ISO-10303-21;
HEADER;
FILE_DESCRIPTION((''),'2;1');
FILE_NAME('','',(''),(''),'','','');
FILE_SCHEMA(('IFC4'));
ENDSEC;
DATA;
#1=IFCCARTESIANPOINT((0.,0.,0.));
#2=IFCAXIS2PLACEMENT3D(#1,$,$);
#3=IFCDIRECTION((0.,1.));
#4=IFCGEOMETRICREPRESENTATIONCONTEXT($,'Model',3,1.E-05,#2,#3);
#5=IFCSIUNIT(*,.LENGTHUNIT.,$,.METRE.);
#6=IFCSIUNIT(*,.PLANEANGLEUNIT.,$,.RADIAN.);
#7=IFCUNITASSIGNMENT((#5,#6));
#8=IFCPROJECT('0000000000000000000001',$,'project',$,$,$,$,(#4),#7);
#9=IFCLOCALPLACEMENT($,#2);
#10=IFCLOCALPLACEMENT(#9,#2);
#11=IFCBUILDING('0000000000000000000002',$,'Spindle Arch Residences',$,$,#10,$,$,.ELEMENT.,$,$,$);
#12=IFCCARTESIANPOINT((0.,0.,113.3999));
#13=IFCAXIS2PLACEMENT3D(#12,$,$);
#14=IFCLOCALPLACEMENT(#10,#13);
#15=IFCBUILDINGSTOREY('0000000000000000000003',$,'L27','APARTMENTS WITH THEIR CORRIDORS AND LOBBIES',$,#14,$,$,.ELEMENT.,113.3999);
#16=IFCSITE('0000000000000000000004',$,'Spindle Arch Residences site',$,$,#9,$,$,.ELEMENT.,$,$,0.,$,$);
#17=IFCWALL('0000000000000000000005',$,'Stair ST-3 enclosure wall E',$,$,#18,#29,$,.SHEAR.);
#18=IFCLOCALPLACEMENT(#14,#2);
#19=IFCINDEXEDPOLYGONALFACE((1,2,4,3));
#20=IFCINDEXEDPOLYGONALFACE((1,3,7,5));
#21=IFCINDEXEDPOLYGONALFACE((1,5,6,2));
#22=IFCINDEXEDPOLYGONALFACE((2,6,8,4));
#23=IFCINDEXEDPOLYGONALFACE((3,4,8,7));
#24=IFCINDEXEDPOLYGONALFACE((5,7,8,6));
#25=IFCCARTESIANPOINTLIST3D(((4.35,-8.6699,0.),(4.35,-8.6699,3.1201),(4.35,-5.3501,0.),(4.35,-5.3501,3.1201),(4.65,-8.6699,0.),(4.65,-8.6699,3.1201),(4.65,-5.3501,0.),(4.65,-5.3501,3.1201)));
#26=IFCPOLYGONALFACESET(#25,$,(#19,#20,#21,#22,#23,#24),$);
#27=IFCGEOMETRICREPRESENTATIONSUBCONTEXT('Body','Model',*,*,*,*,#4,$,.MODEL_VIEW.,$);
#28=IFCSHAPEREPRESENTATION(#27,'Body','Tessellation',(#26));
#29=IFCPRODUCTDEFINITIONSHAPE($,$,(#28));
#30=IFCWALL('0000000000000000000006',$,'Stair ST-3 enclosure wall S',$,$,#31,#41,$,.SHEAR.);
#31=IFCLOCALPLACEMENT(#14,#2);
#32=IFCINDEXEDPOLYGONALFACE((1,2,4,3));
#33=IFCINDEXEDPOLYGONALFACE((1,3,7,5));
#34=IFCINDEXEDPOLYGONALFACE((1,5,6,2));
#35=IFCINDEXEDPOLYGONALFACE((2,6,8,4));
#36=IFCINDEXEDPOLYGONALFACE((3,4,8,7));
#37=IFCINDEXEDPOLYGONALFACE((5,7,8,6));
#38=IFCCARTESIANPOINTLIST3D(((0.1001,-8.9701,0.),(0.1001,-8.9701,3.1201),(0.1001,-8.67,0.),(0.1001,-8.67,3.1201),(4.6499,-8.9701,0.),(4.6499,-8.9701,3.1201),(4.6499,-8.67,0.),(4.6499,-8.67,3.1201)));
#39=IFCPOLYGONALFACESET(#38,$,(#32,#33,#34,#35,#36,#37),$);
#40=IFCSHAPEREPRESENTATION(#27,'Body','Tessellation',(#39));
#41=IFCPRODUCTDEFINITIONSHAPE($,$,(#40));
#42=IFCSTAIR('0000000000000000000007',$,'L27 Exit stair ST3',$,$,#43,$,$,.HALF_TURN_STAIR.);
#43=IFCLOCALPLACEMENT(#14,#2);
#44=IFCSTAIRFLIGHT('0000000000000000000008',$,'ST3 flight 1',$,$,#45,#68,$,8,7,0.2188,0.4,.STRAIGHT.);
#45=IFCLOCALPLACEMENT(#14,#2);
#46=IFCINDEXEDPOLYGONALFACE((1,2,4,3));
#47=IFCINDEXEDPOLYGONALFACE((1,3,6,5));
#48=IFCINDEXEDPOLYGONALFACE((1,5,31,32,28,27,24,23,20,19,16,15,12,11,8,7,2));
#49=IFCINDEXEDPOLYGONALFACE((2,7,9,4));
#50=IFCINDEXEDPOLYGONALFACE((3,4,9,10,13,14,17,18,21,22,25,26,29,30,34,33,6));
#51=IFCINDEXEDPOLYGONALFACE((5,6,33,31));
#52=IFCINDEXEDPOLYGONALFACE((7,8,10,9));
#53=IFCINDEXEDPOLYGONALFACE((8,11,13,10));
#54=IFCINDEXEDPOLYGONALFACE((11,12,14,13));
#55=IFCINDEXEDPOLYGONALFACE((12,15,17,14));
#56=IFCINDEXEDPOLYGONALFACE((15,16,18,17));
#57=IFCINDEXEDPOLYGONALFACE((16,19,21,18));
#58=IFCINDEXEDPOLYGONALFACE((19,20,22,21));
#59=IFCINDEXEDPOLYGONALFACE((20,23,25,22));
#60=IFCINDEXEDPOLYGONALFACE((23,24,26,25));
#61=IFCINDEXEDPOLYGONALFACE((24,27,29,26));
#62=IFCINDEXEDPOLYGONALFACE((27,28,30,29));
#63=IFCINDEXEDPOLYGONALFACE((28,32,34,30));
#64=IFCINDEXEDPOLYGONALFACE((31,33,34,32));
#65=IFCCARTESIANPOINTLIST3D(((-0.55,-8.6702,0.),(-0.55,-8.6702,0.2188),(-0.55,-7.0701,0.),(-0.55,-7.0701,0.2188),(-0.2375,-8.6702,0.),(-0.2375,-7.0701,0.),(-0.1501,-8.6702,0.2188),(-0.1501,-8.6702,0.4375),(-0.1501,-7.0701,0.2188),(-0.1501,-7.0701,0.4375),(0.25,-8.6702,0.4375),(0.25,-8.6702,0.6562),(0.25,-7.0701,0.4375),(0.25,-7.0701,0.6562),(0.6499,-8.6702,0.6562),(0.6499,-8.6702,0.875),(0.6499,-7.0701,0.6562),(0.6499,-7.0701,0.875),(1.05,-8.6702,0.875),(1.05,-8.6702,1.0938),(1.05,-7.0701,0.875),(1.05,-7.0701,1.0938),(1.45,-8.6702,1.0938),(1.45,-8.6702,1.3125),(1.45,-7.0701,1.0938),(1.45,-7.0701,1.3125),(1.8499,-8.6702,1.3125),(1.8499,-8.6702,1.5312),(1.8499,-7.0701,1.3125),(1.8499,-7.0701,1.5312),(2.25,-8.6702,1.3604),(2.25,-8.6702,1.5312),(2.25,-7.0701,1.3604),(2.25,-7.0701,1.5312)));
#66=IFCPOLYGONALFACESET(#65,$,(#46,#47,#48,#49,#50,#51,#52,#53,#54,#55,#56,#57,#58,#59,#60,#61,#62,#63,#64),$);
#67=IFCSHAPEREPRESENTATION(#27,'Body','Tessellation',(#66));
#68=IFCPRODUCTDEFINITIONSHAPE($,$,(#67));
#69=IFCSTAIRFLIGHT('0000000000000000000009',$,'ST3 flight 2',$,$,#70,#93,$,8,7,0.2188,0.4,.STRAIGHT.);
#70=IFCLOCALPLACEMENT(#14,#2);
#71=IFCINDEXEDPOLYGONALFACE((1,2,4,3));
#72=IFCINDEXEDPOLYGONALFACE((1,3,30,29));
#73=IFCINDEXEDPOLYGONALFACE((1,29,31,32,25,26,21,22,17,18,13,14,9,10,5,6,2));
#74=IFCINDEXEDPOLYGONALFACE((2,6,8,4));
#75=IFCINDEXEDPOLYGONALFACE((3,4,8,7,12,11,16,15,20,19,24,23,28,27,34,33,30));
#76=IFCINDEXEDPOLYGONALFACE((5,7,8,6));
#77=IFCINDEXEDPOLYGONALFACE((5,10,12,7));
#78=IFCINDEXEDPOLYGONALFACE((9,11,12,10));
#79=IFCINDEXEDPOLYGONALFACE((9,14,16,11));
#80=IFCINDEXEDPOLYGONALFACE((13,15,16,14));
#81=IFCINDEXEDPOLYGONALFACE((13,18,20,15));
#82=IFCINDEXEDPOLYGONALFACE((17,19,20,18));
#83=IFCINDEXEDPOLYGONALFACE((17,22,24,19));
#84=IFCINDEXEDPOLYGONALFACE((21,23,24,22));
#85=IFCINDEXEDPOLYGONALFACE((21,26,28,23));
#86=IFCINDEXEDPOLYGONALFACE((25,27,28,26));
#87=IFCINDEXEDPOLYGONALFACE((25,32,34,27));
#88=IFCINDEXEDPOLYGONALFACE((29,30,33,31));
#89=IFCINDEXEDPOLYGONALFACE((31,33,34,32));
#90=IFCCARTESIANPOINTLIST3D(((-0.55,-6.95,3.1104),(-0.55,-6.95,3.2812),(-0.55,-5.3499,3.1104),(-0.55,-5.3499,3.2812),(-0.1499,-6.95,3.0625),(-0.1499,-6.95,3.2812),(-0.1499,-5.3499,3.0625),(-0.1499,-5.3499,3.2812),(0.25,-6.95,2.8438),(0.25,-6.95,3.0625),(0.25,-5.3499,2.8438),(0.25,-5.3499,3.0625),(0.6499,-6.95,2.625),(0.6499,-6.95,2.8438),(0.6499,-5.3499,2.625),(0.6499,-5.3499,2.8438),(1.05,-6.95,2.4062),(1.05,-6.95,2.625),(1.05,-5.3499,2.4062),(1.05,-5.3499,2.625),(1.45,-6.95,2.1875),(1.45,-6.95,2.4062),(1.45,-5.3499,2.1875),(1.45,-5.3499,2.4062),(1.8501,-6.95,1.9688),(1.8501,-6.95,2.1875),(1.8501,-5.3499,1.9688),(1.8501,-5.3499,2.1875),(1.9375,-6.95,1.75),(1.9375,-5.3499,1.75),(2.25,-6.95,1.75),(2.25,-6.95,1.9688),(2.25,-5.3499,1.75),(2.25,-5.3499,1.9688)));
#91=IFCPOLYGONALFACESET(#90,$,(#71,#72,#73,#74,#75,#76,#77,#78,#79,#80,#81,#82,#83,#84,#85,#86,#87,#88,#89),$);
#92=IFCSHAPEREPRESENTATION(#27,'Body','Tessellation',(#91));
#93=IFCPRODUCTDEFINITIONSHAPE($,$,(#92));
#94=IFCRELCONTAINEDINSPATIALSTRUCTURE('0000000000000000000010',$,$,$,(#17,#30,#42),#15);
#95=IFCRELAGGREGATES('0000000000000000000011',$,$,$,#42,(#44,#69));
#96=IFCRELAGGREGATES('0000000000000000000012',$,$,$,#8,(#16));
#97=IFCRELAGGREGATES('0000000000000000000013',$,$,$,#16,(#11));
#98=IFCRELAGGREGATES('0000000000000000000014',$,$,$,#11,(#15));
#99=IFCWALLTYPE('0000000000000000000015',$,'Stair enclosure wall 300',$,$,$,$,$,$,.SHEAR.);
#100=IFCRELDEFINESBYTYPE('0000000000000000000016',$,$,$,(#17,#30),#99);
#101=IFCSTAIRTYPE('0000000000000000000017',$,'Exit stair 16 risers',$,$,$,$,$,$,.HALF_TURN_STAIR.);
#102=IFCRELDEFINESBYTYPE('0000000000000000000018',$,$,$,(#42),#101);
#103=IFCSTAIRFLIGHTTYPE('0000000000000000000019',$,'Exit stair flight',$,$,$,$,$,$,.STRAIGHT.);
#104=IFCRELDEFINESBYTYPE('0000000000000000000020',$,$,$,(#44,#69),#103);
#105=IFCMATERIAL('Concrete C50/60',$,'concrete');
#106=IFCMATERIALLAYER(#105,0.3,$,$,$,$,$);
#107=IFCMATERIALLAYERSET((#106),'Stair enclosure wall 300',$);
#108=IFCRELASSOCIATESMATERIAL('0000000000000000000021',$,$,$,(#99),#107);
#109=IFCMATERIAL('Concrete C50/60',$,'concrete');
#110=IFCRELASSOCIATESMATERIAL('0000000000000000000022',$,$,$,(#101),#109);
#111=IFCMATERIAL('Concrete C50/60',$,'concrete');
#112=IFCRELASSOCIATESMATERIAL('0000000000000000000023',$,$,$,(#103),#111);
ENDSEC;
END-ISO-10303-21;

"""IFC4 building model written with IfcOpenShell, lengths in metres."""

from ifc_helpers import new_model, si_unit, direction, frame, frame_2d, origin, place, context, subcontext, project, spatial, polyline, rectangle, outline, extrude, material, layer, layer_set, type_object, element, aggregate, save


model = new_model("IFC4")

# Units and contexts
model_context = context("Model", 3, precision=1e-05, world=origin(), true_north=direction((0.0, 1.0)))
body_context = subcontext(model_context, "Body", "Model", "MODEL_VIEW")
ifc_project = project(units=[si_unit("LENGTHUNIT", "METRE"), si_unit("PLANEANGLEUNIT", "RADIAN")], contexts=[model_context])

# Site, building, storey
site_placement = place(None, origin())
site = spatial("IfcSite", under=ifc_project, at=site_placement, Name="Spindle Arch Residences site", CompositionType="ELEMENT", RefElevation=0.0)
building_placement = place(site_placement, origin())
building = spatial("IfcBuilding", under=site, at=building_placement, Name="Spindle Arch Residences", CompositionType="ELEMENT")
storey_placement = place(building_placement, frame((0.0, 0.0, 113.3999)))
storey = spatial("IfcBuildingStorey", under=building, at=storey_placement, Name="L27", Description="APARTMENTS WITH THEIR CORRIDORS AND LOBBIES", CompositionType="ELEMENT", Elevation=113.3999)

# Walls
ifc_material_1 = material(Name="Concrete C50/60", Category="concrete")
ifc_layer_1 = layer(ifc_material_1, 0.3)
ifc_layer_set_1 = layer_set([ifc_layer_1], Name="Stair enclosure wall 300")
wall_type_1 = type_object("IfcWallType", Name="Stair enclosure wall 300", PredefinedType="SHEAR", material=ifc_layer_set_1)
wall_1_placement = place(storey_placement, frame((4.5, -8.6699, 0.0), z_axis=(0.0, 0.0, 1.0), x_axis=(0.0, 1.0, 0.0)))
element("IfcWall", 1, at=wall_1_placement, inside=storey, type_object=wall_type_1, Name="Stair ST-3 enclosure wall E", PredefinedType="SHEAR", context=body_context, shape_type="SweptSolid", body=[
    extrude(rectangle(XDim=3.3198, YDim=0.3, at=frame_2d((1.6599, 0.0))), origin(), (0.0, 0.0, 1.0), 3.1201),
])
wall_2_placement = place(storey_placement, frame((0.1001, -8.8201, 0.0), z_axis=(0.0, 0.0, 1.0), x_axis=(1.0, 0.0, 0.0)))
element("IfcWall", 2, at=wall_2_placement, inside=storey, type_object=wall_type_1, Name="Stair ST-3 enclosure wall S", PredefinedType="SHEAR", context=body_context, shape_type="SweptSolid", body=[
    extrude(rectangle(XDim=4.5498, YDim=0.3, at=frame_2d((2.2749, 0.0))), origin(), (0.0, 0.0, 1.0), 3.1201),
])

# Stair, stair flights
ifc_material_2 = material(Name="Concrete C50/60", Category="concrete")
stair_type = type_object("IfcStairType", Name="Exit stair 16 risers", PredefinedType="HALF_TURN_STAIR", material=ifc_material_2)
stair_placement = place(storey_placement, origin())
stair = element("IfcStair", 3, at=stair_placement, inside=storey, type_object=stair_type, Name="L27 Exit stair ST3", PredefinedType="HALF_TURN_STAIR")
ifc_material_3 = material(Name="Concrete C50/60", Category="concrete")
stair_flight_type = type_object("IfcStairFlightType", Name="Exit stair flight", PredefinedType="STRAIGHT", material=ifc_material_3)
stair_flight_1_placement = place(storey_placement, frame((-0.55, -7.8701, 0.0), z_axis=(0.0, 0.0, 1.0), x_axis=(1.0, 0.0, 0.0)))
stair_flight_1 = element("IfcStairFlight", 4, at=stair_flight_1_placement, type_object=stair_flight_type, Name="ST3 flight 1", NumberOfRisers=8, NumberOfTreads=7, PredefinedType="STRAIGHT", RiserHeight=0.2188, TreadLength=0.4, context=body_context, shape_type="SweptSolid", body=[
    extrude(outline(polyline([(0.0, 0.0), (0.0, 0.2188), (0.3999, 0.2188), (0.3999, 0.4375), (0.8, 0.4375), (0.8, 0.6562), (1.2, 0.6562), (1.2, 0.875), (1.6001, 0.875), (1.6001, 1.0938), (2.0, 1.0938), (2.0, 1.3125), (2.3999, 1.3125), (2.3999, 1.5312), (2.8, 1.5312), (2.8, 1.75), (2.8, 1.3604), (0.3125, 0.0), (0.0, 0.0)])), frame((0.0, 0.8, 0.0), z_axis=(0.0, -1.0, 0.0), x_axis=(1.0, 0.0, 0.0)), (0.0, 0.0, 1.0), 1.6001),
])
stair_flight_2_placement = place(storey_placement, frame((2.25, -6.1499, 1.75), z_axis=(0.0, 0.0, 1.0), x_axis=(-1.0, 0.0, 0.0)))
stair_flight_2 = element("IfcStairFlight", 5, at=stair_flight_2_placement, type_object=stair_flight_type, Name="ST3 flight 2", NumberOfRisers=8, NumberOfTreads=7, PredefinedType="STRAIGHT", RiserHeight=0.2188, TreadLength=0.4, context=body_context, shape_type="SweptSolid", body=[
    extrude(outline(polyline([(0.0, 0.0), (0.0, 0.2188), (0.3999, 0.2188), (0.3999, 0.4375), (0.8, 0.4375), (0.8, 0.6562), (1.2, 0.6562), (1.2, 0.875), (1.6001, 0.875), (1.6001, 1.0938), (2.0, 1.0938), (2.0, 1.3125), (2.3999, 1.3125), (2.3999, 1.5312), (2.8, 1.5312), (2.8, 1.75), (2.8, 1.3604), (0.3125, 0.0), (0.0, 0.0)])), frame((0.0, 0.8, 0.0), z_axis=(0.0, -1.0, 0.0), x_axis=(1.0, 0.0, 0.0)), (0.0, 0.0, 1.0), 1.6001),
])
aggregate(stair, [stair_flight_1, stair_flight_2])

save(model, "model.ifc")
